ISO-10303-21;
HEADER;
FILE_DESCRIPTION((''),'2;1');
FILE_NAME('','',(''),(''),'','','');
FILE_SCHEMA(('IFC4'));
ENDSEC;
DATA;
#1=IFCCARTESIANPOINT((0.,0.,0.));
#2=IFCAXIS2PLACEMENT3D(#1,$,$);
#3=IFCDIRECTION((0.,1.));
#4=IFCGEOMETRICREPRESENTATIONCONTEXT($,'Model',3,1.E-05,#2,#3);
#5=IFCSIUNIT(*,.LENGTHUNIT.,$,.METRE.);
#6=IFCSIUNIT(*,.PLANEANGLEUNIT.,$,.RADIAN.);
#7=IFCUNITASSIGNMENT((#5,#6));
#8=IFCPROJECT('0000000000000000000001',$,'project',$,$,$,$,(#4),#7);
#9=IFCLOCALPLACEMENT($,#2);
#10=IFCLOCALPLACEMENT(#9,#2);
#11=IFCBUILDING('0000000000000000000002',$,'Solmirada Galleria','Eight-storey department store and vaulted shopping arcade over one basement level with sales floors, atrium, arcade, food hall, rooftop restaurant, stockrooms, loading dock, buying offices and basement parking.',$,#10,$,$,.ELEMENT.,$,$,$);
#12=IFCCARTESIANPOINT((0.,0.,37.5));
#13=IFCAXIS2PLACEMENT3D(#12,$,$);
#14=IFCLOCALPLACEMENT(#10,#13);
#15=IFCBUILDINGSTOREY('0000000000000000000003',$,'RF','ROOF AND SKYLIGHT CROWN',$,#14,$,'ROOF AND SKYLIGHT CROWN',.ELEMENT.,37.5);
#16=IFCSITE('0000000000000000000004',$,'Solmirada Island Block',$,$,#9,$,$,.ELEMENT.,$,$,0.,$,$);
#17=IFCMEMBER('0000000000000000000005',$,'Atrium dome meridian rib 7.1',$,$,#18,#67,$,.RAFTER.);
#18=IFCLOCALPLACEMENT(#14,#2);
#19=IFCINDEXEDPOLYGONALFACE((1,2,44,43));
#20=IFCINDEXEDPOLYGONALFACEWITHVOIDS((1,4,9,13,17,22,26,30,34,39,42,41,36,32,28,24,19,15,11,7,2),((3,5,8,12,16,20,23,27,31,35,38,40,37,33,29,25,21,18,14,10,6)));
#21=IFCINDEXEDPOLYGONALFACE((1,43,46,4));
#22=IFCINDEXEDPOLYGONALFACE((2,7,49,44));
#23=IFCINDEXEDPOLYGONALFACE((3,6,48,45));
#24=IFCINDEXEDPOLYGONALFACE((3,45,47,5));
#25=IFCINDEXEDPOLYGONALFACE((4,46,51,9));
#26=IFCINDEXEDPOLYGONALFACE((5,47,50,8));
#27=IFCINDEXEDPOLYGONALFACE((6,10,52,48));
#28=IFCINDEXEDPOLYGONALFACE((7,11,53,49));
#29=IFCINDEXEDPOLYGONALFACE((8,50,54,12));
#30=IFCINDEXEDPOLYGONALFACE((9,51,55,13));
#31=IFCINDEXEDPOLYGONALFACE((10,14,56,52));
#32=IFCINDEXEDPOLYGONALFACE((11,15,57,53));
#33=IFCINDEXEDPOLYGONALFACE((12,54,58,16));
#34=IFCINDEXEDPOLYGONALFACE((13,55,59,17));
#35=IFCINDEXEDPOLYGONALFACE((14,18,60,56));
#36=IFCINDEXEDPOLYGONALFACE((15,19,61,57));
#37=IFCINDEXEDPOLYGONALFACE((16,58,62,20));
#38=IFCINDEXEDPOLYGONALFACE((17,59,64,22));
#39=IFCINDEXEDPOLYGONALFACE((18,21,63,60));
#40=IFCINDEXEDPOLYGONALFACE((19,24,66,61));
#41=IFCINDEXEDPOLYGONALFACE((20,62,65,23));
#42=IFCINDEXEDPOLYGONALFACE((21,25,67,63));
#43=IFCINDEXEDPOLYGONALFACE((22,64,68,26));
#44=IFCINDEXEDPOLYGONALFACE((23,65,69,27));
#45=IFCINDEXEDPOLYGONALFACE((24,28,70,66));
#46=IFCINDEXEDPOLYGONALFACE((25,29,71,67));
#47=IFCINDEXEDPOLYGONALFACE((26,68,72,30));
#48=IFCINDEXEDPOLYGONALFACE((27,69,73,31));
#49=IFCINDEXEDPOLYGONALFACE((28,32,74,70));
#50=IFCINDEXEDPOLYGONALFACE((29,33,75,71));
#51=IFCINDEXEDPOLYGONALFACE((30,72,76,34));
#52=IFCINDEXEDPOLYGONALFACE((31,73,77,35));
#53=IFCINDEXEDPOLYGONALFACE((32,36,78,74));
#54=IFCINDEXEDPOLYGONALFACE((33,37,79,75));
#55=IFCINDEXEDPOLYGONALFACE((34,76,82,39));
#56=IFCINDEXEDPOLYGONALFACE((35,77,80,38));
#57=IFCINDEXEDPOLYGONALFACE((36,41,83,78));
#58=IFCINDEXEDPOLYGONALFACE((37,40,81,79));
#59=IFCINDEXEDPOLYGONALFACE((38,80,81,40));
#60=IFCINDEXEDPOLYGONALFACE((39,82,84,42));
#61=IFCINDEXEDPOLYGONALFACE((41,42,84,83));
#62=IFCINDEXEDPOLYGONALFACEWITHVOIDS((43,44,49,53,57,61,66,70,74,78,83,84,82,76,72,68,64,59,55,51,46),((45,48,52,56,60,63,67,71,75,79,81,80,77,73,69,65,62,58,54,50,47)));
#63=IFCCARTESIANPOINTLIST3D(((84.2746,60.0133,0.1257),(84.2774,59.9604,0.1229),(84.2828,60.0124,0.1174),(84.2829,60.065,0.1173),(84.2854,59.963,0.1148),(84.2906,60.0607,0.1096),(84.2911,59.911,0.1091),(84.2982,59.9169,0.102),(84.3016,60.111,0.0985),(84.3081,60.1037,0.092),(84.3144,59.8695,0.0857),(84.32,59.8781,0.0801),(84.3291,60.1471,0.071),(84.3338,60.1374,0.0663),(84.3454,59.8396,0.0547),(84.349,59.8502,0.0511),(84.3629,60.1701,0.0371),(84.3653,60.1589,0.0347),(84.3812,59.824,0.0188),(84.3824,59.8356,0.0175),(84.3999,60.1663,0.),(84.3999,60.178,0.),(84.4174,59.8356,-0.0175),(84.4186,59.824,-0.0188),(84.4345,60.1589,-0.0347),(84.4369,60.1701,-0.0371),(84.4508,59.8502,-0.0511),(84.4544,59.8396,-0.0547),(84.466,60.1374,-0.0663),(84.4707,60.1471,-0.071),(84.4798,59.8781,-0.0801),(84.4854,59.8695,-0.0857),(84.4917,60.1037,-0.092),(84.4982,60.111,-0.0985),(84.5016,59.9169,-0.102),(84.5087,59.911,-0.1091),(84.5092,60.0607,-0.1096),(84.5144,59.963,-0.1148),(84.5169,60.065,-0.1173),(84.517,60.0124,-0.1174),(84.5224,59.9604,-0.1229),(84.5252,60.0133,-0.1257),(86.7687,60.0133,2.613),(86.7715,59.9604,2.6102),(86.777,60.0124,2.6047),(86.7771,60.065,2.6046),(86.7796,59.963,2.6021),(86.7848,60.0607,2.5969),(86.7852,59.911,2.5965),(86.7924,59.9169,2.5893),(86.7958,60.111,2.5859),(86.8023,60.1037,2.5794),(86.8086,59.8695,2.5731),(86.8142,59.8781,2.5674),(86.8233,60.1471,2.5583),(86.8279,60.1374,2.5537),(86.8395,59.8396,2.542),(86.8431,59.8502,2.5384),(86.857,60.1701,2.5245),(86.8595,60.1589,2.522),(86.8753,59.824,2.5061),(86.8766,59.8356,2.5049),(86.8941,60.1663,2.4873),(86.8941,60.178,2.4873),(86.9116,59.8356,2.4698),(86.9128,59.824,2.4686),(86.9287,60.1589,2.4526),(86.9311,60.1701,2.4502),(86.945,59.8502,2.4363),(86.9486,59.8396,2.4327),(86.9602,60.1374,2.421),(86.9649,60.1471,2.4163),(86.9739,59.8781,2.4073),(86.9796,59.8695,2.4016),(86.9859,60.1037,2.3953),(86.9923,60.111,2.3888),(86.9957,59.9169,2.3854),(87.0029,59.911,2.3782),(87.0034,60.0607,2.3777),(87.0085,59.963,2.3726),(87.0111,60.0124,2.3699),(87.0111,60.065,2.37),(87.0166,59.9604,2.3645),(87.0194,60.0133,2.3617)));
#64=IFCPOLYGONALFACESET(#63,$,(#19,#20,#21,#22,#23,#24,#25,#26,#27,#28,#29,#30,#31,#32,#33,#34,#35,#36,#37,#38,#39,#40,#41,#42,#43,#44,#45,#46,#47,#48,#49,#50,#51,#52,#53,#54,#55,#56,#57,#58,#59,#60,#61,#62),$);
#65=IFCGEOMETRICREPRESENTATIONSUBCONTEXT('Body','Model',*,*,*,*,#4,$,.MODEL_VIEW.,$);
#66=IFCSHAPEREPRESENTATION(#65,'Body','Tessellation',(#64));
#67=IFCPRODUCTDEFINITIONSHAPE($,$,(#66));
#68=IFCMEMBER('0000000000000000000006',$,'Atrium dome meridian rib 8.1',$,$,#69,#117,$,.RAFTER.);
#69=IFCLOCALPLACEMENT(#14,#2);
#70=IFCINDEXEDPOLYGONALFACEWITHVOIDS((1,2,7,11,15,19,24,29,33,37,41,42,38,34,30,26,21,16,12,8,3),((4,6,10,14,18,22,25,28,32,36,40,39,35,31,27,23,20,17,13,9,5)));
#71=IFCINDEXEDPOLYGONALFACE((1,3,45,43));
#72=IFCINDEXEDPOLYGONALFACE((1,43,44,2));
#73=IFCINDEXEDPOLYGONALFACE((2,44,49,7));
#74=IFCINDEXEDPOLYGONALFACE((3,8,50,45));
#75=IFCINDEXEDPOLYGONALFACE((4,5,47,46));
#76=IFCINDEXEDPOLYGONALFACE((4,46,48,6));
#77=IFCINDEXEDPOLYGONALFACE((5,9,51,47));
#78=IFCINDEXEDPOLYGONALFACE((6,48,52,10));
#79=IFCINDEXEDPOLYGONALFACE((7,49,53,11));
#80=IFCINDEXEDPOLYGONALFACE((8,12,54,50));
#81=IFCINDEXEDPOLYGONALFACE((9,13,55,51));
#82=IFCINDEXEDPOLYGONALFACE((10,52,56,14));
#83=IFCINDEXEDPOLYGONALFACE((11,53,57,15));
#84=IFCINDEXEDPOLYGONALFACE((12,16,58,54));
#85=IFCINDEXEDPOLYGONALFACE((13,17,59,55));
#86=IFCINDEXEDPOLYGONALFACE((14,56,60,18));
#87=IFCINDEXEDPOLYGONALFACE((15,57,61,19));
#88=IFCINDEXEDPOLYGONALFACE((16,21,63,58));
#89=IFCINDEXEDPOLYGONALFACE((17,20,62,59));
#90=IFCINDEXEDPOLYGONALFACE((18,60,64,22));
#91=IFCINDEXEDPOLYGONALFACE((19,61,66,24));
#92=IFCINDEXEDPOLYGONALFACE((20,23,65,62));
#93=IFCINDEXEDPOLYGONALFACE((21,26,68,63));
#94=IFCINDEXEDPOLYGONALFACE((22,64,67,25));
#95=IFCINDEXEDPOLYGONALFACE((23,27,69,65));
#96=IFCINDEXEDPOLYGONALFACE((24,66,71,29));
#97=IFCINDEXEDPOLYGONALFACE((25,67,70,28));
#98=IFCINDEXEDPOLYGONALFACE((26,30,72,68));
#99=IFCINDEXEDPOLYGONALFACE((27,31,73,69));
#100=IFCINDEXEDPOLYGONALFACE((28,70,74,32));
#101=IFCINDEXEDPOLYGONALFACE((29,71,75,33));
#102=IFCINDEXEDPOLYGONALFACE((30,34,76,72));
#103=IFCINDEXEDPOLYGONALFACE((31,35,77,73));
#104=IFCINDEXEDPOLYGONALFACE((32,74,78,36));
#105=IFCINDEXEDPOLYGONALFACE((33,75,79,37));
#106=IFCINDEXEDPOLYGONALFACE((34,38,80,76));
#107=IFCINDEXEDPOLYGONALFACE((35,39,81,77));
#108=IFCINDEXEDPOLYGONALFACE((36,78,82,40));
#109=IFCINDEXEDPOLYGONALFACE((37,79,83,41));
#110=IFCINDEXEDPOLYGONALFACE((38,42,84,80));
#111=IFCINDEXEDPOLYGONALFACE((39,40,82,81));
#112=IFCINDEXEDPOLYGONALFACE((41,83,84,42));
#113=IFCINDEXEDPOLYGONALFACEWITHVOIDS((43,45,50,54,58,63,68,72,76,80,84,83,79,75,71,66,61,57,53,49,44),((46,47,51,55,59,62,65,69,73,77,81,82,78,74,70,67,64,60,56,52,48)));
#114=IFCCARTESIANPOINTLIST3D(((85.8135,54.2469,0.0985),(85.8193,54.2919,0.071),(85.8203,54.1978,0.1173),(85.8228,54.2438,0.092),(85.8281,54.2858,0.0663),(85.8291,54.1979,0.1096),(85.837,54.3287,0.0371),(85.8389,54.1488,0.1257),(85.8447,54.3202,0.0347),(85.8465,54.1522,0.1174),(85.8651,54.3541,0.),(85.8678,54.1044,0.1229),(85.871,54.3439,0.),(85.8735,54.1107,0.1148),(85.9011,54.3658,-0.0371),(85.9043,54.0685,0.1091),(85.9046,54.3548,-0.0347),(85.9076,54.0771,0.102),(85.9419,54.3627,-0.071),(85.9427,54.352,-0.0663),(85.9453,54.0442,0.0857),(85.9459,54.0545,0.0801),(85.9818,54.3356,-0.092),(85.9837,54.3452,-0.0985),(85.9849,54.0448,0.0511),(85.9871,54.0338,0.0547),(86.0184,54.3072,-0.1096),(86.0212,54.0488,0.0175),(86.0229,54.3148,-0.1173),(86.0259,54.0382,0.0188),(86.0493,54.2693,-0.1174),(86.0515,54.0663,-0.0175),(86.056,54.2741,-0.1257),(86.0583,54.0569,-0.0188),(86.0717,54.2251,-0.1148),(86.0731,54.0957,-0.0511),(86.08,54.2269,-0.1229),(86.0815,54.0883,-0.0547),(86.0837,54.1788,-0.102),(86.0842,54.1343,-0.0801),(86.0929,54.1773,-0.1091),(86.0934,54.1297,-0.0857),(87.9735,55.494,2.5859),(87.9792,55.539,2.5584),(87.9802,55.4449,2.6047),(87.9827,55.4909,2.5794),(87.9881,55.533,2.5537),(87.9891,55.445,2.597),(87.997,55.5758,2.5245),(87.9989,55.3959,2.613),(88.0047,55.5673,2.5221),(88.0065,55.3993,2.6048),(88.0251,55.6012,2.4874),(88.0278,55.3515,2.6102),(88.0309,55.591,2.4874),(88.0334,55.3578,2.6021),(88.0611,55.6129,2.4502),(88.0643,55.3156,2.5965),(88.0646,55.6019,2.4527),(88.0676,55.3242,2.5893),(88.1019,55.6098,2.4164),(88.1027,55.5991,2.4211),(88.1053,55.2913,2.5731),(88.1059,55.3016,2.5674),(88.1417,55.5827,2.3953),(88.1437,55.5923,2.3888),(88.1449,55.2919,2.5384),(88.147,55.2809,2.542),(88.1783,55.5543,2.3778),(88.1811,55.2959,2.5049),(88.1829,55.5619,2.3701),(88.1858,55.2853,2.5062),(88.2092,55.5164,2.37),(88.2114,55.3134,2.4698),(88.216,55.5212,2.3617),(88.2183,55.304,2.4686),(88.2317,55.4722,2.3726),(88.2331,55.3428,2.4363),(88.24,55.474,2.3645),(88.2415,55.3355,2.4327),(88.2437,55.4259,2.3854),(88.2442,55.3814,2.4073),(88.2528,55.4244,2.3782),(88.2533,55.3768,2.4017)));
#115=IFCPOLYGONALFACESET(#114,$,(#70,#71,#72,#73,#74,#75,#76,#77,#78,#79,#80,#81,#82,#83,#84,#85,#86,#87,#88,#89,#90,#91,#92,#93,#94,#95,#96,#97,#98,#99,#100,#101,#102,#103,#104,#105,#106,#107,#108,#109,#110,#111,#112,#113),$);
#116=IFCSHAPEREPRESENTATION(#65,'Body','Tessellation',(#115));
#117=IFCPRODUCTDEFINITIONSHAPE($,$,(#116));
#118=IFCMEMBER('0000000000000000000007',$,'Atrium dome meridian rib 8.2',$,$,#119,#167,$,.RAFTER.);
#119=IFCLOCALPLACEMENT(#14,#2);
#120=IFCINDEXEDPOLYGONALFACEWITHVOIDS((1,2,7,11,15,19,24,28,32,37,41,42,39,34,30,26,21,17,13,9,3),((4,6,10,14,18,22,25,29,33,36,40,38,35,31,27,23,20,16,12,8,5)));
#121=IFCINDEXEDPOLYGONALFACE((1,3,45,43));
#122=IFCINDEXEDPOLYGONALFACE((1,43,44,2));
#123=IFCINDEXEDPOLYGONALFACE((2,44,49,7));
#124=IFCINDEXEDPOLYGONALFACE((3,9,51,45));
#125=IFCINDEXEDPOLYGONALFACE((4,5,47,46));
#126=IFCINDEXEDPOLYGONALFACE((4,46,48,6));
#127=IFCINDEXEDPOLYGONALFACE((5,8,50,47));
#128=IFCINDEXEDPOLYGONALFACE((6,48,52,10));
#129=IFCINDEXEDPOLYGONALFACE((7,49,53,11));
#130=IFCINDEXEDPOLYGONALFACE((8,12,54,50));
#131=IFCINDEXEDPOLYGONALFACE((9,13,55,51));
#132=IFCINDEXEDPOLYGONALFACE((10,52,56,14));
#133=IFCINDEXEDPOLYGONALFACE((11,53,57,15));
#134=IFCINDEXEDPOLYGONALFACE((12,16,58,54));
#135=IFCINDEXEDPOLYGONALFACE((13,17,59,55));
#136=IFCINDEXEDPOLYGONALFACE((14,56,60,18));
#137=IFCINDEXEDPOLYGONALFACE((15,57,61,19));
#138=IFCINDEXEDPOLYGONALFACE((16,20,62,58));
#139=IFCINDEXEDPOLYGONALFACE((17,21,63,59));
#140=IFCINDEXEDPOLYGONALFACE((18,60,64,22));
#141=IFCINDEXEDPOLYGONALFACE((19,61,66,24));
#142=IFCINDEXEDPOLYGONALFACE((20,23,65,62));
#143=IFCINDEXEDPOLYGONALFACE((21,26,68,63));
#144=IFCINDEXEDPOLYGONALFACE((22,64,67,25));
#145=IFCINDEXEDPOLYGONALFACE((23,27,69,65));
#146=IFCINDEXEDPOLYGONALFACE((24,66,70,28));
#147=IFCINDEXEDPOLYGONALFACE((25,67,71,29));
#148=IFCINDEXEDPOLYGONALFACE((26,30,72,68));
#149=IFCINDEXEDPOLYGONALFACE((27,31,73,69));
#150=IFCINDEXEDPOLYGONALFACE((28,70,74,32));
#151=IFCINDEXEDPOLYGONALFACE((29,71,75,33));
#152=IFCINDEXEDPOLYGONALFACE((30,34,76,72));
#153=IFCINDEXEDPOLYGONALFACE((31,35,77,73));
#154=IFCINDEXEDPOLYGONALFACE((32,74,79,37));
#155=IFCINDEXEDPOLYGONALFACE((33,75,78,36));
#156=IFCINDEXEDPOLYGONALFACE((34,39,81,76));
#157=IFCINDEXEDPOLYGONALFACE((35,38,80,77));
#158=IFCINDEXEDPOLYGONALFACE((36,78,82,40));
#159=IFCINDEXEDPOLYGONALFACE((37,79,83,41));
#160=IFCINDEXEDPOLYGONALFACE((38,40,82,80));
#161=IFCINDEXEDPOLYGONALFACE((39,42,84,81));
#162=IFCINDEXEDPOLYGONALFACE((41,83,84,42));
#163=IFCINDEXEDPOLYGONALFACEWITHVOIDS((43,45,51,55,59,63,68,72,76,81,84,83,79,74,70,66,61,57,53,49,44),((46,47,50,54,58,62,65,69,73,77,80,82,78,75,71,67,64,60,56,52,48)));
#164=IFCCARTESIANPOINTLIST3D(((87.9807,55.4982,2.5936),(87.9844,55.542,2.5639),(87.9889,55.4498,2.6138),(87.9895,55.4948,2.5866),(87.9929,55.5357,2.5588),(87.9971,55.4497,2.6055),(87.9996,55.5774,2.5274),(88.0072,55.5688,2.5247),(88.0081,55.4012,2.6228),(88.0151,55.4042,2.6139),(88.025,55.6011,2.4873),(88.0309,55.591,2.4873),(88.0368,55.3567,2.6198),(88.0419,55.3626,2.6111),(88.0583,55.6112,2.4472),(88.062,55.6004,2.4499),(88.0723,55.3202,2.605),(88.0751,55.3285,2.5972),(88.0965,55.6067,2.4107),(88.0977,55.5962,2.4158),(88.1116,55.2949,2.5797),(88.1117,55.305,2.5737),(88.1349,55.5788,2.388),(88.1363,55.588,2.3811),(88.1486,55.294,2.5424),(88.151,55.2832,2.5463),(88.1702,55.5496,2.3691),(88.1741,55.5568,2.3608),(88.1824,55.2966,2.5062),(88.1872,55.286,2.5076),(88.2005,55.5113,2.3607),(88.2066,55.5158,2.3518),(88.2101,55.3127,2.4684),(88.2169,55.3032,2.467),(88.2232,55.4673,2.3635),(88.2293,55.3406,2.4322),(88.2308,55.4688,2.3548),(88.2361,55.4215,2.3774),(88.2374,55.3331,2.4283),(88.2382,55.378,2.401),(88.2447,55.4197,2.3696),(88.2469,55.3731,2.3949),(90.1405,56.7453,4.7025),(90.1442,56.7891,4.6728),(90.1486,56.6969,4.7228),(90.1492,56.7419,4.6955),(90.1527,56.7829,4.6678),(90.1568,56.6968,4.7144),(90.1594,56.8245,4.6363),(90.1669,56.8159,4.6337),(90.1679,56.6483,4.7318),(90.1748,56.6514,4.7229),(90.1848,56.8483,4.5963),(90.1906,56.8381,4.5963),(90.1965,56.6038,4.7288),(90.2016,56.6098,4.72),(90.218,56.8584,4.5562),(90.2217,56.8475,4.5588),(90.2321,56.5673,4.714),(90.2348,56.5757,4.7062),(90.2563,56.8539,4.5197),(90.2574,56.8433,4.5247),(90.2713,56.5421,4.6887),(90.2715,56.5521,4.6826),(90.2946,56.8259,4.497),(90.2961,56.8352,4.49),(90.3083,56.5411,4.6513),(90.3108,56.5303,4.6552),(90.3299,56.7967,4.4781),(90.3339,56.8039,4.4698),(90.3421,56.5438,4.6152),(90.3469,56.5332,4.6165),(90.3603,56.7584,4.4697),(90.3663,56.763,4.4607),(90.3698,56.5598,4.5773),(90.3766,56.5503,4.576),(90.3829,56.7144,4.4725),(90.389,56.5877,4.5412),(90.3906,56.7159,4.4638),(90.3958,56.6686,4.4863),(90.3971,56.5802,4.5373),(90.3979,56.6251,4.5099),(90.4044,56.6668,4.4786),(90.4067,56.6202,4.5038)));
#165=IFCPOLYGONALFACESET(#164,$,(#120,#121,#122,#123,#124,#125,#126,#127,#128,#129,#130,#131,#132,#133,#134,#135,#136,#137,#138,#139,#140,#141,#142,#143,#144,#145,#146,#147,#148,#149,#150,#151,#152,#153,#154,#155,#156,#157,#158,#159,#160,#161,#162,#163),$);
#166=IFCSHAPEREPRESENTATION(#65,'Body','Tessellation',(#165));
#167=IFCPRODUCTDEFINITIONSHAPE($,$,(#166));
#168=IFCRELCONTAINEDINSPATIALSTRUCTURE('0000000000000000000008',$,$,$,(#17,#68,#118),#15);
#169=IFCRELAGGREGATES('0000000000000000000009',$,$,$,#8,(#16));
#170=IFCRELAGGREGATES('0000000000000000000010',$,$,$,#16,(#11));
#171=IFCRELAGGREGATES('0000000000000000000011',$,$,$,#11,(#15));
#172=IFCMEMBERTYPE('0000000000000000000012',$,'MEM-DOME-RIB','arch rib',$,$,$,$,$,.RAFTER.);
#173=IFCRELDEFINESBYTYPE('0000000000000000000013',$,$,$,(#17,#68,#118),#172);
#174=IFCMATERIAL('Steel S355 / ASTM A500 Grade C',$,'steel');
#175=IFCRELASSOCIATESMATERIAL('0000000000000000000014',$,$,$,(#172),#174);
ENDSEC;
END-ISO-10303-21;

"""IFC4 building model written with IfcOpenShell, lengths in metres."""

from ifc_helpers import new_model, si_unit, direction, frame, origin, origin_2d, place, context, subcontext, project, spatial, hollow_circle, extrude, material, material_profile, profile_set, type_object, element, save


model = new_model("IFC4")

# Units and contexts
model_context = context("Model", 3, precision=1e-05, world=origin(), true_north=direction((0.0, 1.0)))
body_context = subcontext(model_context, "Body", "Model", "MODEL_VIEW")
ifc_project = project(units=[si_unit("LENGTHUNIT", "METRE"), si_unit("PLANEANGLEUNIT", "RADIAN")], contexts=[model_context])

# Site, building, storey
site_placement = place(None, origin())
site = spatial("IfcSite", under=ifc_project, at=site_placement, Name="Solmirada Island Block", CompositionType="ELEMENT", RefElevation=0.0)
building_placement = place(site_placement, origin())
building = spatial("IfcBuilding", under=site, at=building_placement, Name="Solmirada Galleria", Description="Eight-storey department store and vaulted shopping arcade over one basement level with sales floors, atrium, arcade, food hall, rooftop restaurant, stockrooms, loading dock, buying offices and basement parking.", CompositionType="ELEMENT")
storey_placement = place(building_placement, frame((0.0, 0.0, 37.5)))
storey = spatial("IfcBuildingStorey", under=building, at=storey_placement, Name="RF", Description="ROOF AND SKYLIGHT CROWN", LongName="ROOF AND SKYLIGHT CROWN", CompositionType="ELEMENT", Elevation=37.5)

# Members
ifc_material_1 = material(Name="Steel S355 / ASTM A500 Grade C", Category="steel")
ifc_material_profile_1 = material_profile(ifc_material_1, hollow_circle(Radius=0.178, WallThickness=0.0117, at=origin_2d()), Name="HSS14.000X0.500")
ifc_profile_set_1 = profile_set([ifc_material_profile_1], Name="Steel S355 / ASTM A500 Grade C")
member_type_1 = type_object("IfcMemberType", Name="MEM-DOME-RIB", Description="arch rib", PredefinedType="RAFTER", material=ifc_profile_set_1)
for number, where, z_axis, x_axis, name in (
    (1, (84.3999, 60.0, 0.0), (0.708076, 0.0, 0.706136), (0.0, 1.0, 0.0), "Atrium dome meridian rib 7.1"),
    (2, (85.9541, 54.2, 0.0), (0.613199, 0.354043, 0.706145), (-0.500013, 0.866018, 0.0), "Atrium dome meridian rib 8.1"),
):
    element("IfcMember", number, at=place(storey_placement, frame(where, z_axis=z_axis, x_axis=x_axis)), inside=storey, type_object=member_type_1, Name=name, PredefinedType="RAFTER", context=body_context, shape_type="SweptSolid", body=[
        extrude(hollow_circle(Radius=0.178, WallThickness=0.0117, at=origin_2d()), origin(), (0.0, 0.0, 1.0), 3.5225),
    ])
member_1_placement = place(storey_placement, frame((88.114, 55.447, 2.4873), z_axis=(0.661258, 0.381834, 0.645709), x_axis=(-0.500056, 0.865993, 0.0)))
element("IfcMember", 3, at=member_1_placement, inside=storey, type_object=member_type_1, Name="Atrium dome meridian rib 8.2", PredefinedType="RAFTER", context=body_context, shape_type="SweptSolid", body=[
    extrude(hollow_circle(Radius=0.178, WallThickness=0.0117, at=origin_2d()), origin(), (0.0, 0.0, 1.0), 3.2661),
])

save(model, "model.ifc")
